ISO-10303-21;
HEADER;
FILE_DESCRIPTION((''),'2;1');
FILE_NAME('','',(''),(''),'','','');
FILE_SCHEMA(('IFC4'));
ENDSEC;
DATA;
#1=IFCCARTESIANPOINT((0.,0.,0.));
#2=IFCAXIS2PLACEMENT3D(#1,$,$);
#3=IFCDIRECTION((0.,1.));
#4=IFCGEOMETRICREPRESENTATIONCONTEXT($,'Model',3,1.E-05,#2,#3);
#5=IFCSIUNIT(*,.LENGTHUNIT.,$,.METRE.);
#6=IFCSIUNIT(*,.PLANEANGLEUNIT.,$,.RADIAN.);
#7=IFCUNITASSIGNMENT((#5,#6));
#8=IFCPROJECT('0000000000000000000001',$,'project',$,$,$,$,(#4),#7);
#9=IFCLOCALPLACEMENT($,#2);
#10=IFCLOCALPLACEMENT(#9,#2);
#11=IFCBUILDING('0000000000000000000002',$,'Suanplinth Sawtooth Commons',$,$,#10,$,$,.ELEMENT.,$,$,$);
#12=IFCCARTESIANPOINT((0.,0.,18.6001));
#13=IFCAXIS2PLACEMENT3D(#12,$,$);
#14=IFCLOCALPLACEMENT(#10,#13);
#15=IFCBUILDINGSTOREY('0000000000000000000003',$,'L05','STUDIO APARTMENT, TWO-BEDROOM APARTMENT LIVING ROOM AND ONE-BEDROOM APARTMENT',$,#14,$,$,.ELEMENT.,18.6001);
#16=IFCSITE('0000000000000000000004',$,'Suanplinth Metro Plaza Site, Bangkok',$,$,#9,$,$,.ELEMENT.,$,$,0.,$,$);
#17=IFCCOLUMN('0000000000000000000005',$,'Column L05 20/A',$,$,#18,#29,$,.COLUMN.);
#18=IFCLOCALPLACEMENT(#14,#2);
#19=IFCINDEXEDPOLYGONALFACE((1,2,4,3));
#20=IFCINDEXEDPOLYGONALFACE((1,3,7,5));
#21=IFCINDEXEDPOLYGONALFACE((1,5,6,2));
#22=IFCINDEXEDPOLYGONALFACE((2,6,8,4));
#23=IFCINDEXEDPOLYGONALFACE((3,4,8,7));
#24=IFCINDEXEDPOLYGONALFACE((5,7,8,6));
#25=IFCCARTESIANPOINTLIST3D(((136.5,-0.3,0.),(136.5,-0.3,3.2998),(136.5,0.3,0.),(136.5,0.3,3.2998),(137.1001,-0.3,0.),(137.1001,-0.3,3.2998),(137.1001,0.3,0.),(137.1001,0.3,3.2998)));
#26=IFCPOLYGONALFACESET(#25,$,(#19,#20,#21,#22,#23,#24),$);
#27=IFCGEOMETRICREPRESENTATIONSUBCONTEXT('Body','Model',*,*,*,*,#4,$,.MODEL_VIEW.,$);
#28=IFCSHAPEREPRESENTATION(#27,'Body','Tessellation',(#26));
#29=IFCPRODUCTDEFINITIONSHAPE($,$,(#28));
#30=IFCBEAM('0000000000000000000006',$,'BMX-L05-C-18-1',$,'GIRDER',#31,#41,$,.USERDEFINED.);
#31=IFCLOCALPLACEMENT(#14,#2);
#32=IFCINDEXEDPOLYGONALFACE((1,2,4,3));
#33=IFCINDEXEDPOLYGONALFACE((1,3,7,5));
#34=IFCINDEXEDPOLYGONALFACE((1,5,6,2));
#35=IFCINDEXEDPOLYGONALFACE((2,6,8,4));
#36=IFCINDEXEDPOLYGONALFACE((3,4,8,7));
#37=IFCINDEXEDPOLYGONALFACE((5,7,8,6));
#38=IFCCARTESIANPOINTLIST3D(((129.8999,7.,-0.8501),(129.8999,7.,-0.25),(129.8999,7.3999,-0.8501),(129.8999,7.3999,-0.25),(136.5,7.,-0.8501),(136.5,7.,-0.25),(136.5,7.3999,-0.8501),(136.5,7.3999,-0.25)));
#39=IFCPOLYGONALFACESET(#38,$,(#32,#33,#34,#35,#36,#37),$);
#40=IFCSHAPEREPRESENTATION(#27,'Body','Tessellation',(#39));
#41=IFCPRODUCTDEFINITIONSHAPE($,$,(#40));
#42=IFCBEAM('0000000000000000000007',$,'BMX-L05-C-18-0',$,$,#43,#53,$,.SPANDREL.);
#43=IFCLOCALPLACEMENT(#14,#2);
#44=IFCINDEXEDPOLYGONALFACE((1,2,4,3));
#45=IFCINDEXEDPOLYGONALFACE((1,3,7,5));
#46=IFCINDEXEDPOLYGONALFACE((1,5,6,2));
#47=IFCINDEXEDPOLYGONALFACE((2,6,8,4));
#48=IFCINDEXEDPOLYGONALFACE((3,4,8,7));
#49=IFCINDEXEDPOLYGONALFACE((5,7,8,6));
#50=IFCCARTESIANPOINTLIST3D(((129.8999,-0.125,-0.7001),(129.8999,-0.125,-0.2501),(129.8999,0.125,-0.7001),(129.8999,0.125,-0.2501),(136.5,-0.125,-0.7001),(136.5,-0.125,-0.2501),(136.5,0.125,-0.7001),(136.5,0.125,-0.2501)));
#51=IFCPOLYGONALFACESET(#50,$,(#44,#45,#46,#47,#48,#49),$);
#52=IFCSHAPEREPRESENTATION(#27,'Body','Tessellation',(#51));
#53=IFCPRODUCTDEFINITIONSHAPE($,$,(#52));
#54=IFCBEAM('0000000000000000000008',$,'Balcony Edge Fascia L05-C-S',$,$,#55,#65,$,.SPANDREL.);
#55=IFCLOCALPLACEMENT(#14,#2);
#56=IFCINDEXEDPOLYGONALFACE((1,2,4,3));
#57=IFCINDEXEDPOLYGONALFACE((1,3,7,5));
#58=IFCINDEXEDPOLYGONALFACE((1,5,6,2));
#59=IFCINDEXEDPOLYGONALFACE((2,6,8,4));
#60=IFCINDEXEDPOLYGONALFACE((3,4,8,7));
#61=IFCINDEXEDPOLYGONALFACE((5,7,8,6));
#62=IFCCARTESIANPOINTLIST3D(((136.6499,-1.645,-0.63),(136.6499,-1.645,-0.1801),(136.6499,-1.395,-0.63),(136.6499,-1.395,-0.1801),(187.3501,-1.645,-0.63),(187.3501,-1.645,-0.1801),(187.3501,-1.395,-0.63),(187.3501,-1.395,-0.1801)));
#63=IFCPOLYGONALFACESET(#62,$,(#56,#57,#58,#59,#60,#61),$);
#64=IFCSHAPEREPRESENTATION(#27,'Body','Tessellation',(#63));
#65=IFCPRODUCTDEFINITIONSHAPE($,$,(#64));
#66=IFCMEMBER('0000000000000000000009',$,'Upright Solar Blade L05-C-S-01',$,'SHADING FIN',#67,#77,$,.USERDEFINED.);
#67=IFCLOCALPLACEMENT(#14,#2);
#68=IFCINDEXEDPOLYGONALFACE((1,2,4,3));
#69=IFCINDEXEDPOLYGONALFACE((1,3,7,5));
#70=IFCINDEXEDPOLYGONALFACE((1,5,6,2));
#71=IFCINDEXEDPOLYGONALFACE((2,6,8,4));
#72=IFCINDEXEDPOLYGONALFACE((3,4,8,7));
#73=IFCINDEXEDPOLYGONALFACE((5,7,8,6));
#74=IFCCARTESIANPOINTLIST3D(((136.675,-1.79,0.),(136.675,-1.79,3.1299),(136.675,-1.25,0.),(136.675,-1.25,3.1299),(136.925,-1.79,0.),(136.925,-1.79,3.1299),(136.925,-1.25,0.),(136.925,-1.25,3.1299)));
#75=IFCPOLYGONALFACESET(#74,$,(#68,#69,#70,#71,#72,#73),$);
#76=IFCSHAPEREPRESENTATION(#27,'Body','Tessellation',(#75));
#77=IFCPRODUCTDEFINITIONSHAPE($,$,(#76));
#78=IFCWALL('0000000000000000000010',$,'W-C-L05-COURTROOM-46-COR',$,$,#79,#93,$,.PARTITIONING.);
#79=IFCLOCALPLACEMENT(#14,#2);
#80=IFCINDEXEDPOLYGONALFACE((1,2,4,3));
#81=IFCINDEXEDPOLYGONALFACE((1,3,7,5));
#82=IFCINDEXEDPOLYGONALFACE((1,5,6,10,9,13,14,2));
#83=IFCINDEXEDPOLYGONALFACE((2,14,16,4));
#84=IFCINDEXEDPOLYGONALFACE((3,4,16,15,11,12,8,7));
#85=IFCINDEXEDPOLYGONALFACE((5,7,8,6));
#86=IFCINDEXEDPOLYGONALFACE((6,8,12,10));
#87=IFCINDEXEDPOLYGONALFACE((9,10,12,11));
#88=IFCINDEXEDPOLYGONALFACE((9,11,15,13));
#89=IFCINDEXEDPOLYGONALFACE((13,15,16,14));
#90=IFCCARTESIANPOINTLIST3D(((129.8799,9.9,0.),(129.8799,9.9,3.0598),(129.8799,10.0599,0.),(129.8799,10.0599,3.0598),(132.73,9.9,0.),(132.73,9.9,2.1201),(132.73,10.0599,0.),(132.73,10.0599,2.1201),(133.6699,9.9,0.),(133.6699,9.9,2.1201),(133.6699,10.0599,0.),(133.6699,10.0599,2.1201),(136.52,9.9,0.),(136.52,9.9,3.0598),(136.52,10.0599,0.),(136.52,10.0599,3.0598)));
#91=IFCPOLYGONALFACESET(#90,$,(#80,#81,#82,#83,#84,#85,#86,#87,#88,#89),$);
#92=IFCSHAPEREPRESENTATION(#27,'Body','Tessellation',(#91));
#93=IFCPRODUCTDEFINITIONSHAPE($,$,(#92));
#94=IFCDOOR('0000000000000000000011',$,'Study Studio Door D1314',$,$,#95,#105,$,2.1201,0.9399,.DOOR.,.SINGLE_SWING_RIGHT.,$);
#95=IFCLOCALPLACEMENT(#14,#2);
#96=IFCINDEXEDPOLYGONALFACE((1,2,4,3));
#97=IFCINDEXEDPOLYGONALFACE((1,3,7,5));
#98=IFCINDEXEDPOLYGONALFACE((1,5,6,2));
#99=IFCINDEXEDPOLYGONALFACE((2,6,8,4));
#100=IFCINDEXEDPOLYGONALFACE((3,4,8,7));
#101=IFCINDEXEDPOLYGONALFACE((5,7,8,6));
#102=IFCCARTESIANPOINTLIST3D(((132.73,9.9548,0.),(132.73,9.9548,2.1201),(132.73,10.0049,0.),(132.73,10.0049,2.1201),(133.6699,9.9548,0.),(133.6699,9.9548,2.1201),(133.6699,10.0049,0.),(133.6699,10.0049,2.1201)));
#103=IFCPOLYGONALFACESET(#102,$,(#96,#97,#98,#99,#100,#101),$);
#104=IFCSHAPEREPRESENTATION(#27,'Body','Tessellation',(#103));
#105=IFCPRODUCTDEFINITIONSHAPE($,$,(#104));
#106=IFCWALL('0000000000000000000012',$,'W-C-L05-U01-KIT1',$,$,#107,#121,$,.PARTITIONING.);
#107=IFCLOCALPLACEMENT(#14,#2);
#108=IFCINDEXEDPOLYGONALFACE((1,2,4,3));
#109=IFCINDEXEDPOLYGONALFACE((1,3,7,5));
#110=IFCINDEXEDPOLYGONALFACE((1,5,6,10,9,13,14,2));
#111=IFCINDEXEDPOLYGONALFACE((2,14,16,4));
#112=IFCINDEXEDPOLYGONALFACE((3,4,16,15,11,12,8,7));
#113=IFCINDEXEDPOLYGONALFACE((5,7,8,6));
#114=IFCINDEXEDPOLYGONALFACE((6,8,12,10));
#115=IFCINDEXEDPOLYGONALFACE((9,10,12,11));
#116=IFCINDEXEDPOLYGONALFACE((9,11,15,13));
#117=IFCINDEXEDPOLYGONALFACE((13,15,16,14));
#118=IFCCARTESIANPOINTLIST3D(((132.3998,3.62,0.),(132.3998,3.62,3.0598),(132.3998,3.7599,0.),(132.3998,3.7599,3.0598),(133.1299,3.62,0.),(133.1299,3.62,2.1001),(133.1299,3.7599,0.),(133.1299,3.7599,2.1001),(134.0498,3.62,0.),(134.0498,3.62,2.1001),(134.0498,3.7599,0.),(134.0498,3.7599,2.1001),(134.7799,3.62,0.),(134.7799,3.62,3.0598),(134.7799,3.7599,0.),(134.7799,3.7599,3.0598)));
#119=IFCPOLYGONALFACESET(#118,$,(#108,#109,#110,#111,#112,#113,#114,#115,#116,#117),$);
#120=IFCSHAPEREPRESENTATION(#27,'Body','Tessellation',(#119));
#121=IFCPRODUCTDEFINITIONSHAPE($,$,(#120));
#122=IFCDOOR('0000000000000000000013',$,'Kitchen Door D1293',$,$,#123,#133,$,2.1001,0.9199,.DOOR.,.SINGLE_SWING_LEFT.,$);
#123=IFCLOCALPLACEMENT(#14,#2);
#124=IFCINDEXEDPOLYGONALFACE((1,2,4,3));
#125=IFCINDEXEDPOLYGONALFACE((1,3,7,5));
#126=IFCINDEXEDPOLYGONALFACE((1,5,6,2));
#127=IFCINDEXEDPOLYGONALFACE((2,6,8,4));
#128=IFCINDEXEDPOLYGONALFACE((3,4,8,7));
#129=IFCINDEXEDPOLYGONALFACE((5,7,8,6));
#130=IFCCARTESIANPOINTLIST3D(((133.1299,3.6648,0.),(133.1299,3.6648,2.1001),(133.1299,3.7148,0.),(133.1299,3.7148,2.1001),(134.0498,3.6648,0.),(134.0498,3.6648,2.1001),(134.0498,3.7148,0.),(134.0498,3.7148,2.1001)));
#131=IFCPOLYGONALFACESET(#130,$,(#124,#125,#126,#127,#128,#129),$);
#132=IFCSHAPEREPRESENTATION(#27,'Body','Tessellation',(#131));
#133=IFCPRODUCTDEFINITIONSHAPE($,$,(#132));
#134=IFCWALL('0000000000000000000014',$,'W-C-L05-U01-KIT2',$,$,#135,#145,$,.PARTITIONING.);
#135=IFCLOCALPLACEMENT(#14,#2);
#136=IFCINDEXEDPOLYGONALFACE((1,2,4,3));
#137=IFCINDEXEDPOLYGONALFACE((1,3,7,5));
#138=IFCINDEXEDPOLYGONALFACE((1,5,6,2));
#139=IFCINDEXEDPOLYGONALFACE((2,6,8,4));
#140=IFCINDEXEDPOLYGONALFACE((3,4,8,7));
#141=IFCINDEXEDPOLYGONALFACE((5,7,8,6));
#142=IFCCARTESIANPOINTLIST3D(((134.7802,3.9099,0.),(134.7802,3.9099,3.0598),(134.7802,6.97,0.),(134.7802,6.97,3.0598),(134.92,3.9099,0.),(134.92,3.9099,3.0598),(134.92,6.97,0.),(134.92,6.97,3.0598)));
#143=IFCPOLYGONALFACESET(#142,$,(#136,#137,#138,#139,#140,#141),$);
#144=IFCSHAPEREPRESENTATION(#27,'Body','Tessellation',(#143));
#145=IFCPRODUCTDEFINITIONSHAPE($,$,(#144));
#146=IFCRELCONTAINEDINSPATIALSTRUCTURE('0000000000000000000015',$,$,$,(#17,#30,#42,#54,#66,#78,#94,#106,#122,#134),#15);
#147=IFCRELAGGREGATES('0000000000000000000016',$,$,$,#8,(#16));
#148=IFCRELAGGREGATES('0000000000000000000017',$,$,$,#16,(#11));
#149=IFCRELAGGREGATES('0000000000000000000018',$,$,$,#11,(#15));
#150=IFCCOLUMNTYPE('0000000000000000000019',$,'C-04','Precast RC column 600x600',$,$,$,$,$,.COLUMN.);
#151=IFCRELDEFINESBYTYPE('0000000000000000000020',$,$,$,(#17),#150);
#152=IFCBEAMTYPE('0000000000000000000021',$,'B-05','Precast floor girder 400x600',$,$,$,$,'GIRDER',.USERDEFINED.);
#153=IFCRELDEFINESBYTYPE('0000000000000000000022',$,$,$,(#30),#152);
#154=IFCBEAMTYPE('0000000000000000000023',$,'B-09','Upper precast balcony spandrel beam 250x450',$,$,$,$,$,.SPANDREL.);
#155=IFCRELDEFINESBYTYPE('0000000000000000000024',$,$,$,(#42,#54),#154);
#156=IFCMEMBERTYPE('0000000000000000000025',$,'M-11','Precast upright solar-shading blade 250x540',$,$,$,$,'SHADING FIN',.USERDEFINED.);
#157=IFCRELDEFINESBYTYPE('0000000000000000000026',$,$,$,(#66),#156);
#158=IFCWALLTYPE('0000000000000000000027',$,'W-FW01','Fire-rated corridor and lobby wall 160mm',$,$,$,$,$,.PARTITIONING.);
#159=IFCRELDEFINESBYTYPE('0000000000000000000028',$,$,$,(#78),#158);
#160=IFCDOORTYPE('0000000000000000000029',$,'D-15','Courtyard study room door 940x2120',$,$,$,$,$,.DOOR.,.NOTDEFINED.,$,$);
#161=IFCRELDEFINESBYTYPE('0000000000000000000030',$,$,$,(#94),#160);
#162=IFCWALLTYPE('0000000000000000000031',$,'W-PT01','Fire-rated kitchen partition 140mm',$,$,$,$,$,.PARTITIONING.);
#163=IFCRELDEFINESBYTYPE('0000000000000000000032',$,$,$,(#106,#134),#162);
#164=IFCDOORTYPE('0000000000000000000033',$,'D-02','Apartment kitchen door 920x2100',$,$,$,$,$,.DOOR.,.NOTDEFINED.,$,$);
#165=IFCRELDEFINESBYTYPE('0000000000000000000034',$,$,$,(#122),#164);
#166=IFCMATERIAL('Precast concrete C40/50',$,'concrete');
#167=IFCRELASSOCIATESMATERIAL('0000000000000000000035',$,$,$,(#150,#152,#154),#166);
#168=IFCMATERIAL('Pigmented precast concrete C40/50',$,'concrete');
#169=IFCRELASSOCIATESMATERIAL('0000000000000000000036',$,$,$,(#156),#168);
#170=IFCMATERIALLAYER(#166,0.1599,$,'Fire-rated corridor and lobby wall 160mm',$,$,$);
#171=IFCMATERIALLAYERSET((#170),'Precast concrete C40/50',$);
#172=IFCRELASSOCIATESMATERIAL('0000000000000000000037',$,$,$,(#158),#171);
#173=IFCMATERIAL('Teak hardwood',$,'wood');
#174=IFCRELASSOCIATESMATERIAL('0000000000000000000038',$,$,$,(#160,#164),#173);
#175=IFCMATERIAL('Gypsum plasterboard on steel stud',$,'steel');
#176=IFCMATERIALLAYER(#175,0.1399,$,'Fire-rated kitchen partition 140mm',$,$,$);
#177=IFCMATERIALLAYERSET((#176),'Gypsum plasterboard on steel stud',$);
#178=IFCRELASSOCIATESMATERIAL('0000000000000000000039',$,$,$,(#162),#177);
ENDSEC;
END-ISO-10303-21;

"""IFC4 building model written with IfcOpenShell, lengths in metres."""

from ifc_helpers import new_model, si_unit, direction, frame, frame_2d, origin, origin_2d, place, context, subcontext, project, spatial, rectangle, extrude, material, layer, layer_set, material_profile, profile_set, type_object, element, fill, save


model = new_model("IFC4")

# Units and contexts
model_context = context("Model", 3, precision=1e-05, world=origin(), true_north=direction((0.0, 1.0)))
body_context = subcontext(model_context, "Body", "Model", "MODEL_VIEW")
ifc_project = project(units=[si_unit("LENGTHUNIT", "METRE"), si_unit("PLANEANGLEUNIT", "RADIAN")], contexts=[model_context])

# Site, building, storey
site_placement = place(None, origin())
site = spatial("IfcSite", under=ifc_project, at=site_placement, Name="Suanplinth Metro Plaza Site, Bangkok", CompositionType="ELEMENT", RefElevation=0.0)
building_placement = place(site_placement, origin())
building = spatial("IfcBuilding", under=site, at=building_placement, Name="Suanplinth Sawtooth Commons", CompositionType="ELEMENT")
storey_placement = place(building_placement, frame((0.0, 0.0, 18.6001)))
storey = spatial("IfcBuildingStorey", under=building, at=storey_placement, Name="L05", Description="STUDIO APARTMENT, TWO-BEDROOM APARTMENT LIVING ROOM AND ONE-BEDROOM APARTMENT", CompositionType="ELEMENT", Elevation=18.6001)

# Column
ifc_material_1 = material(Name="Precast concrete C40/50", Category="concrete")
ifc_material_profile_1 = material_profile(ifc_material_1, rectangle(XDim=0.6001, YDim=0.6001, at=origin_2d()), Name="PC-COL 600x600")
ifc_profile_set_1 = profile_set([ifc_material_profile_1], Name="Precast concrete C40/50")
column_type = type_object("IfcColumnType", Name="C-04", Description="Precast RC column 600x600", PredefinedType="COLUMN", material=ifc_profile_set_1)
column_placement = place(storey_placement, frame((136.8, 0.0, 0.0), z_axis=(0.0, 0.0, 1.0), x_axis=(1.0, 0.0, 0.0)))
element("IfcColumn", 1, at=column_placement, inside=storey, type_object=column_type, Name="Column L05 20/A", PredefinedType="COLUMN", context=body_context, shape_type="SweptSolid", body=[
    extrude(rectangle(XDim=0.6001, YDim=0.6001, at=origin_2d()), origin(), (0.0, 0.0, 1.0), 3.2998),
])

# Beams
ifc_material_profile_2 = material_profile(ifc_material_1, rectangle(XDim=0.3999, YDim=0.6001, at=origin_2d()), Name="PC-GDR 400x600")
ifc_profile_set_2 = profile_set([ifc_material_profile_2], Name="Precast concrete C40/50")
beam_type_1 = type_object("IfcBeamType", Name="B-05", Description="Precast floor girder 400x600", ElementType="GIRDER", PredefinedType="USERDEFINED", material=ifc_profile_set_2)
beam_1_placement = place(storey_placement, frame((129.8999, 7.2, -0.55), z_axis=(1.0, 0.0, 0.0), x_axis=(0.0, 1.0, 0.0)))
element("IfcBeam", 2, at=beam_1_placement, inside=storey, type_object=beam_type_1, Name="BMX-L05-C-18-1", ObjectType="GIRDER", PredefinedType="USERDEFINED", context=body_context, shape_type="SweptSolid", body=[
    extrude(rectangle(XDim=0.3999, YDim=0.6001, at=origin_2d()), origin(), (0.0, 0.0, 1.0), 6.6001),
])
ifc_material_profile_3 = material_profile(ifc_material_1, rectangle(XDim=0.25, YDim=0.45, at=origin_2d()), Name="PC-SP 250x450")
ifc_profile_set_3 = profile_set([ifc_material_profile_3], Name="Precast concrete C40/50")
beam_type_2 = type_object("IfcBeamType", Name="B-09", Description="Upper precast balcony spandrel beam 250x450", PredefinedType="SPANDREL", material=ifc_profile_set_3)
beam_2_placement = place(storey_placement, frame((129.8999, 0.0, -0.4751), z_axis=(1.0, 0.0, 0.0), x_axis=(0.0, 1.0, 0.0)))
element("IfcBeam", 3, at=beam_2_placement, inside=storey, type_object=beam_type_2, Name="BMX-L05-C-18-0", PredefinedType="SPANDREL", context=body_context, shape_type="SweptSolid", body=[
    extrude(rectangle(XDim=0.25, YDim=0.45, at=origin_2d()), origin(), (0.0, 0.0, 1.0), 6.6001),
])
beam_3_placement = place(storey_placement, frame((136.6499, -1.52, -0.405), z_axis=(1.0, 0.0, 0.0), x_axis=(0.0, 1.0, 0.0)))
element("IfcBeam", 4, at=beam_3_placement, inside=storey, type_object=beam_type_2, Name="Balcony Edge Fascia L05-C-S", PredefinedType="SPANDREL", context=body_context, shape_type="SweptSolid", body=[
    extrude(rectangle(XDim=0.25, YDim=0.45, at=origin_2d()), origin(), (0.0, 0.0, 1.0), 50.7002),
])

# Member
ifc_material_2 = material(Name="Pigmented precast concrete C40/50", Category="concrete")
ifc_material_profile_4 = material_profile(ifc_material_2, rectangle(XDim=0.25, YDim=0.54, at=origin_2d()), Name="PC-FIN 250x540")
ifc_profile_set_4 = profile_set([ifc_material_profile_4], Name="Pigmented precast concrete C40/50")
member_type = type_object("IfcMemberType", Name="M-11", Description="Precast upright solar-shading blade 250x540", ElementType="SHADING FIN", PredefinedType="USERDEFINED", material=ifc_profile_set_4)
member_placement = place(storey_placement, frame((136.8, -1.52, 0.0), z_axis=(0.0, 0.0, 1.0), x_axis=(1.0, 0.0, 0.0)))
element("IfcMember", 5, at=member_placement, inside=storey, type_object=member_type, Name="Upright Solar Blade L05-C-S-01", ObjectType="SHADING FIN", PredefinedType="USERDEFINED", context=body_context, shape_type="SweptSolid", body=[
    extrude(rectangle(XDim=0.25, YDim=0.54, at=origin_2d()), origin(), (0.0, 0.0, 1.0), 3.1299),
])

# Walls, openings, doors
ifc_layer_1 = layer(ifc_material_1, 0.1599, Name="Fire-rated corridor and lobby wall 160mm")
ifc_layer_set_1 = layer_set([ifc_layer_1], Name="Precast concrete C40/50")
wall_type_1 = type_object("IfcWallType", Name="W-FW01", Description="Fire-rated corridor and lobby wall 160mm", PredefinedType="PARTITIONING", material=ifc_layer_set_1)
wall_1_placement = place(storey_placement, frame((129.8799, 9.98, 0.0), z_axis=(0.0, 0.0, 1.0), x_axis=(1.0, 0.0, 0.0)))
wall_1 = element("IfcWall", 6, at=wall_1_placement, inside=storey, type_object=wall_type_1, Name="W-C-L05-COURTROOM-46-COR", PredefinedType="PARTITIONING", context=body_context, shape_type="SweptSolid", body=[
    extrude(rectangle(XDim=6.6401, YDim=0.1599, at=frame_2d((3.3201, 0.0))), origin(), (0.0, 0.0, 1.0), 3.0598),
])
opening_1_placement = place(wall_1_placement, frame((2.8501, 0.0, 0.0)))
opening_1 = element("IfcOpeningElement", 7, at=opening_1_placement, cuts=wall_1, PredefinedType="OPENING", context=body_context, shape_type="SweptSolid", body=[
    extrude(rectangle(XDim=0.9399, YDim=2.1201, at=frame_2d((0.47, 1.0601))), frame((0.0, 0.0947, 0.0), z_axis=(0.0, -1.0, 0.0), x_axis=(1.0, 0.0, 0.0)), (0.0, 0.0, 1.0), 0.1897),
])
ifc_material_3 = material(Name="Teak hardwood", Category="wood")
door_type_1 = type_object("IfcDoorType", Name="D-15", Description="Courtyard study room door 940x2120", OperationType="NOTDEFINED", PredefinedType="DOOR", material=ifc_material_3)
door_1_placement = place(opening_1_placement, origin())
door_1 = element("IfcDoor", 8, at=door_1_placement, inside=storey, type_object=door_type_1, Name="Study Studio Door D1314", OperationType="SINGLE_SWING_RIGHT", OverallHeight=2.1201, OverallWidth=0.9399, PredefinedType="DOOR", context=body_context, shape_type="SweptSolid", body=[
    extrude(rectangle(XDim=0.9399, YDim=2.1201, at=frame_2d((0.47, 1.0601))), frame((0.0, 0.0249, 0.0), z_axis=(0.0, -1.0, 0.0), x_axis=(1.0, 0.0, 0.0)), (0.0, 0.0, 1.0), 0.05),
])
fill(opening_1, door_1)
ifc_material_4 = material(Name="Gypsum plasterboard on steel stud", Category="steel")
ifc_layer_2 = layer(ifc_material_4, 0.1399, Name="Fire-rated kitchen partition 140mm")
ifc_layer_set_2 = layer_set([ifc_layer_2], Name="Gypsum plasterboard on steel stud")
wall_type_2 = type_object("IfcWallType", Name="W-PT01", Description="Fire-rated kitchen partition 140mm", PredefinedType="PARTITIONING", material=ifc_layer_set_2)
wall_2_placement = place(storey_placement, frame((132.3999, 3.6899, 0.0), z_axis=(0.0, 0.0, 1.0), x_axis=(1.0, 0.0, 0.0)))
wall_2 = element("IfcWall", 9, at=wall_2_placement, inside=storey, type_object=wall_type_2, Name="W-C-L05-U01-KIT1", PredefinedType="PARTITIONING", context=body_context, shape_type="SweptSolid", body=[
    extrude(rectangle(XDim=2.3801, YDim=0.1399, at=frame_2d((1.1899, 0.0))), origin(), (0.0, 0.0, 1.0), 3.0598),
])
opening_2_placement = place(wall_2_placement, frame((0.73, 0.0, 0.0)))
opening_2 = element("IfcOpeningElement", 10, at=opening_2_placement, cuts=wall_2, PredefinedType="OPENING", context=body_context, shape_type="SweptSolid", body=[
    extrude(rectangle(XDim=0.9199, YDim=2.1001, at=frame_2d((0.46, 1.05))), frame((0.0, 0.085, 0.0), z_axis=(0.0, -1.0, 0.0), x_axis=(1.0, 0.0, 0.0)), (0.0, 0.0, 1.0), 0.1697),
])
door_type_2 = type_object("IfcDoorType", Name="D-02", Description="Apartment kitchen door 920x2100", OperationType="NOTDEFINED", PredefinedType="DOOR", material=ifc_material_3)
door_2_placement = place(opening_2_placement, origin())
door_2 = element("IfcDoor", 11, at=door_2_placement, inside=storey, type_object=door_type_2, Name="Kitchen Door D1293", OperationType="SINGLE_SWING_LEFT", OverallHeight=2.1001, OverallWidth=0.9199, PredefinedType="DOOR", context=body_context, shape_type="SweptSolid", body=[
    extrude(rectangle(XDim=0.9199, YDim=2.1001, at=frame_2d((0.46, 1.05))), frame((0.0, 0.0249, 0.0), z_axis=(0.0, -1.0, 0.0), x_axis=(1.0, 0.0, 0.0)), (0.0, 0.0, 1.0), 0.05),
])
fill(opening_2, door_2)

# Wall
wall_3_placement = place(storey_placement, frame((134.8501, 3.9099, 0.0), z_axis=(0.0, 0.0, 1.0), x_axis=(0.0, 1.0, 0.0)))
element("IfcWall", 12, at=wall_3_placement, inside=storey, type_object=wall_type_2, Name="W-C-L05-U01-KIT2", PredefinedType="PARTITIONING", context=body_context, shape_type="SweptSolid", body=[
    extrude(rectangle(XDim=3.0601, YDim=0.1399, at=frame_2d((1.53, 0.0))), origin(), (0.0, 0.0, 1.0), 3.0598),
])

save(model, "model.ifc")
